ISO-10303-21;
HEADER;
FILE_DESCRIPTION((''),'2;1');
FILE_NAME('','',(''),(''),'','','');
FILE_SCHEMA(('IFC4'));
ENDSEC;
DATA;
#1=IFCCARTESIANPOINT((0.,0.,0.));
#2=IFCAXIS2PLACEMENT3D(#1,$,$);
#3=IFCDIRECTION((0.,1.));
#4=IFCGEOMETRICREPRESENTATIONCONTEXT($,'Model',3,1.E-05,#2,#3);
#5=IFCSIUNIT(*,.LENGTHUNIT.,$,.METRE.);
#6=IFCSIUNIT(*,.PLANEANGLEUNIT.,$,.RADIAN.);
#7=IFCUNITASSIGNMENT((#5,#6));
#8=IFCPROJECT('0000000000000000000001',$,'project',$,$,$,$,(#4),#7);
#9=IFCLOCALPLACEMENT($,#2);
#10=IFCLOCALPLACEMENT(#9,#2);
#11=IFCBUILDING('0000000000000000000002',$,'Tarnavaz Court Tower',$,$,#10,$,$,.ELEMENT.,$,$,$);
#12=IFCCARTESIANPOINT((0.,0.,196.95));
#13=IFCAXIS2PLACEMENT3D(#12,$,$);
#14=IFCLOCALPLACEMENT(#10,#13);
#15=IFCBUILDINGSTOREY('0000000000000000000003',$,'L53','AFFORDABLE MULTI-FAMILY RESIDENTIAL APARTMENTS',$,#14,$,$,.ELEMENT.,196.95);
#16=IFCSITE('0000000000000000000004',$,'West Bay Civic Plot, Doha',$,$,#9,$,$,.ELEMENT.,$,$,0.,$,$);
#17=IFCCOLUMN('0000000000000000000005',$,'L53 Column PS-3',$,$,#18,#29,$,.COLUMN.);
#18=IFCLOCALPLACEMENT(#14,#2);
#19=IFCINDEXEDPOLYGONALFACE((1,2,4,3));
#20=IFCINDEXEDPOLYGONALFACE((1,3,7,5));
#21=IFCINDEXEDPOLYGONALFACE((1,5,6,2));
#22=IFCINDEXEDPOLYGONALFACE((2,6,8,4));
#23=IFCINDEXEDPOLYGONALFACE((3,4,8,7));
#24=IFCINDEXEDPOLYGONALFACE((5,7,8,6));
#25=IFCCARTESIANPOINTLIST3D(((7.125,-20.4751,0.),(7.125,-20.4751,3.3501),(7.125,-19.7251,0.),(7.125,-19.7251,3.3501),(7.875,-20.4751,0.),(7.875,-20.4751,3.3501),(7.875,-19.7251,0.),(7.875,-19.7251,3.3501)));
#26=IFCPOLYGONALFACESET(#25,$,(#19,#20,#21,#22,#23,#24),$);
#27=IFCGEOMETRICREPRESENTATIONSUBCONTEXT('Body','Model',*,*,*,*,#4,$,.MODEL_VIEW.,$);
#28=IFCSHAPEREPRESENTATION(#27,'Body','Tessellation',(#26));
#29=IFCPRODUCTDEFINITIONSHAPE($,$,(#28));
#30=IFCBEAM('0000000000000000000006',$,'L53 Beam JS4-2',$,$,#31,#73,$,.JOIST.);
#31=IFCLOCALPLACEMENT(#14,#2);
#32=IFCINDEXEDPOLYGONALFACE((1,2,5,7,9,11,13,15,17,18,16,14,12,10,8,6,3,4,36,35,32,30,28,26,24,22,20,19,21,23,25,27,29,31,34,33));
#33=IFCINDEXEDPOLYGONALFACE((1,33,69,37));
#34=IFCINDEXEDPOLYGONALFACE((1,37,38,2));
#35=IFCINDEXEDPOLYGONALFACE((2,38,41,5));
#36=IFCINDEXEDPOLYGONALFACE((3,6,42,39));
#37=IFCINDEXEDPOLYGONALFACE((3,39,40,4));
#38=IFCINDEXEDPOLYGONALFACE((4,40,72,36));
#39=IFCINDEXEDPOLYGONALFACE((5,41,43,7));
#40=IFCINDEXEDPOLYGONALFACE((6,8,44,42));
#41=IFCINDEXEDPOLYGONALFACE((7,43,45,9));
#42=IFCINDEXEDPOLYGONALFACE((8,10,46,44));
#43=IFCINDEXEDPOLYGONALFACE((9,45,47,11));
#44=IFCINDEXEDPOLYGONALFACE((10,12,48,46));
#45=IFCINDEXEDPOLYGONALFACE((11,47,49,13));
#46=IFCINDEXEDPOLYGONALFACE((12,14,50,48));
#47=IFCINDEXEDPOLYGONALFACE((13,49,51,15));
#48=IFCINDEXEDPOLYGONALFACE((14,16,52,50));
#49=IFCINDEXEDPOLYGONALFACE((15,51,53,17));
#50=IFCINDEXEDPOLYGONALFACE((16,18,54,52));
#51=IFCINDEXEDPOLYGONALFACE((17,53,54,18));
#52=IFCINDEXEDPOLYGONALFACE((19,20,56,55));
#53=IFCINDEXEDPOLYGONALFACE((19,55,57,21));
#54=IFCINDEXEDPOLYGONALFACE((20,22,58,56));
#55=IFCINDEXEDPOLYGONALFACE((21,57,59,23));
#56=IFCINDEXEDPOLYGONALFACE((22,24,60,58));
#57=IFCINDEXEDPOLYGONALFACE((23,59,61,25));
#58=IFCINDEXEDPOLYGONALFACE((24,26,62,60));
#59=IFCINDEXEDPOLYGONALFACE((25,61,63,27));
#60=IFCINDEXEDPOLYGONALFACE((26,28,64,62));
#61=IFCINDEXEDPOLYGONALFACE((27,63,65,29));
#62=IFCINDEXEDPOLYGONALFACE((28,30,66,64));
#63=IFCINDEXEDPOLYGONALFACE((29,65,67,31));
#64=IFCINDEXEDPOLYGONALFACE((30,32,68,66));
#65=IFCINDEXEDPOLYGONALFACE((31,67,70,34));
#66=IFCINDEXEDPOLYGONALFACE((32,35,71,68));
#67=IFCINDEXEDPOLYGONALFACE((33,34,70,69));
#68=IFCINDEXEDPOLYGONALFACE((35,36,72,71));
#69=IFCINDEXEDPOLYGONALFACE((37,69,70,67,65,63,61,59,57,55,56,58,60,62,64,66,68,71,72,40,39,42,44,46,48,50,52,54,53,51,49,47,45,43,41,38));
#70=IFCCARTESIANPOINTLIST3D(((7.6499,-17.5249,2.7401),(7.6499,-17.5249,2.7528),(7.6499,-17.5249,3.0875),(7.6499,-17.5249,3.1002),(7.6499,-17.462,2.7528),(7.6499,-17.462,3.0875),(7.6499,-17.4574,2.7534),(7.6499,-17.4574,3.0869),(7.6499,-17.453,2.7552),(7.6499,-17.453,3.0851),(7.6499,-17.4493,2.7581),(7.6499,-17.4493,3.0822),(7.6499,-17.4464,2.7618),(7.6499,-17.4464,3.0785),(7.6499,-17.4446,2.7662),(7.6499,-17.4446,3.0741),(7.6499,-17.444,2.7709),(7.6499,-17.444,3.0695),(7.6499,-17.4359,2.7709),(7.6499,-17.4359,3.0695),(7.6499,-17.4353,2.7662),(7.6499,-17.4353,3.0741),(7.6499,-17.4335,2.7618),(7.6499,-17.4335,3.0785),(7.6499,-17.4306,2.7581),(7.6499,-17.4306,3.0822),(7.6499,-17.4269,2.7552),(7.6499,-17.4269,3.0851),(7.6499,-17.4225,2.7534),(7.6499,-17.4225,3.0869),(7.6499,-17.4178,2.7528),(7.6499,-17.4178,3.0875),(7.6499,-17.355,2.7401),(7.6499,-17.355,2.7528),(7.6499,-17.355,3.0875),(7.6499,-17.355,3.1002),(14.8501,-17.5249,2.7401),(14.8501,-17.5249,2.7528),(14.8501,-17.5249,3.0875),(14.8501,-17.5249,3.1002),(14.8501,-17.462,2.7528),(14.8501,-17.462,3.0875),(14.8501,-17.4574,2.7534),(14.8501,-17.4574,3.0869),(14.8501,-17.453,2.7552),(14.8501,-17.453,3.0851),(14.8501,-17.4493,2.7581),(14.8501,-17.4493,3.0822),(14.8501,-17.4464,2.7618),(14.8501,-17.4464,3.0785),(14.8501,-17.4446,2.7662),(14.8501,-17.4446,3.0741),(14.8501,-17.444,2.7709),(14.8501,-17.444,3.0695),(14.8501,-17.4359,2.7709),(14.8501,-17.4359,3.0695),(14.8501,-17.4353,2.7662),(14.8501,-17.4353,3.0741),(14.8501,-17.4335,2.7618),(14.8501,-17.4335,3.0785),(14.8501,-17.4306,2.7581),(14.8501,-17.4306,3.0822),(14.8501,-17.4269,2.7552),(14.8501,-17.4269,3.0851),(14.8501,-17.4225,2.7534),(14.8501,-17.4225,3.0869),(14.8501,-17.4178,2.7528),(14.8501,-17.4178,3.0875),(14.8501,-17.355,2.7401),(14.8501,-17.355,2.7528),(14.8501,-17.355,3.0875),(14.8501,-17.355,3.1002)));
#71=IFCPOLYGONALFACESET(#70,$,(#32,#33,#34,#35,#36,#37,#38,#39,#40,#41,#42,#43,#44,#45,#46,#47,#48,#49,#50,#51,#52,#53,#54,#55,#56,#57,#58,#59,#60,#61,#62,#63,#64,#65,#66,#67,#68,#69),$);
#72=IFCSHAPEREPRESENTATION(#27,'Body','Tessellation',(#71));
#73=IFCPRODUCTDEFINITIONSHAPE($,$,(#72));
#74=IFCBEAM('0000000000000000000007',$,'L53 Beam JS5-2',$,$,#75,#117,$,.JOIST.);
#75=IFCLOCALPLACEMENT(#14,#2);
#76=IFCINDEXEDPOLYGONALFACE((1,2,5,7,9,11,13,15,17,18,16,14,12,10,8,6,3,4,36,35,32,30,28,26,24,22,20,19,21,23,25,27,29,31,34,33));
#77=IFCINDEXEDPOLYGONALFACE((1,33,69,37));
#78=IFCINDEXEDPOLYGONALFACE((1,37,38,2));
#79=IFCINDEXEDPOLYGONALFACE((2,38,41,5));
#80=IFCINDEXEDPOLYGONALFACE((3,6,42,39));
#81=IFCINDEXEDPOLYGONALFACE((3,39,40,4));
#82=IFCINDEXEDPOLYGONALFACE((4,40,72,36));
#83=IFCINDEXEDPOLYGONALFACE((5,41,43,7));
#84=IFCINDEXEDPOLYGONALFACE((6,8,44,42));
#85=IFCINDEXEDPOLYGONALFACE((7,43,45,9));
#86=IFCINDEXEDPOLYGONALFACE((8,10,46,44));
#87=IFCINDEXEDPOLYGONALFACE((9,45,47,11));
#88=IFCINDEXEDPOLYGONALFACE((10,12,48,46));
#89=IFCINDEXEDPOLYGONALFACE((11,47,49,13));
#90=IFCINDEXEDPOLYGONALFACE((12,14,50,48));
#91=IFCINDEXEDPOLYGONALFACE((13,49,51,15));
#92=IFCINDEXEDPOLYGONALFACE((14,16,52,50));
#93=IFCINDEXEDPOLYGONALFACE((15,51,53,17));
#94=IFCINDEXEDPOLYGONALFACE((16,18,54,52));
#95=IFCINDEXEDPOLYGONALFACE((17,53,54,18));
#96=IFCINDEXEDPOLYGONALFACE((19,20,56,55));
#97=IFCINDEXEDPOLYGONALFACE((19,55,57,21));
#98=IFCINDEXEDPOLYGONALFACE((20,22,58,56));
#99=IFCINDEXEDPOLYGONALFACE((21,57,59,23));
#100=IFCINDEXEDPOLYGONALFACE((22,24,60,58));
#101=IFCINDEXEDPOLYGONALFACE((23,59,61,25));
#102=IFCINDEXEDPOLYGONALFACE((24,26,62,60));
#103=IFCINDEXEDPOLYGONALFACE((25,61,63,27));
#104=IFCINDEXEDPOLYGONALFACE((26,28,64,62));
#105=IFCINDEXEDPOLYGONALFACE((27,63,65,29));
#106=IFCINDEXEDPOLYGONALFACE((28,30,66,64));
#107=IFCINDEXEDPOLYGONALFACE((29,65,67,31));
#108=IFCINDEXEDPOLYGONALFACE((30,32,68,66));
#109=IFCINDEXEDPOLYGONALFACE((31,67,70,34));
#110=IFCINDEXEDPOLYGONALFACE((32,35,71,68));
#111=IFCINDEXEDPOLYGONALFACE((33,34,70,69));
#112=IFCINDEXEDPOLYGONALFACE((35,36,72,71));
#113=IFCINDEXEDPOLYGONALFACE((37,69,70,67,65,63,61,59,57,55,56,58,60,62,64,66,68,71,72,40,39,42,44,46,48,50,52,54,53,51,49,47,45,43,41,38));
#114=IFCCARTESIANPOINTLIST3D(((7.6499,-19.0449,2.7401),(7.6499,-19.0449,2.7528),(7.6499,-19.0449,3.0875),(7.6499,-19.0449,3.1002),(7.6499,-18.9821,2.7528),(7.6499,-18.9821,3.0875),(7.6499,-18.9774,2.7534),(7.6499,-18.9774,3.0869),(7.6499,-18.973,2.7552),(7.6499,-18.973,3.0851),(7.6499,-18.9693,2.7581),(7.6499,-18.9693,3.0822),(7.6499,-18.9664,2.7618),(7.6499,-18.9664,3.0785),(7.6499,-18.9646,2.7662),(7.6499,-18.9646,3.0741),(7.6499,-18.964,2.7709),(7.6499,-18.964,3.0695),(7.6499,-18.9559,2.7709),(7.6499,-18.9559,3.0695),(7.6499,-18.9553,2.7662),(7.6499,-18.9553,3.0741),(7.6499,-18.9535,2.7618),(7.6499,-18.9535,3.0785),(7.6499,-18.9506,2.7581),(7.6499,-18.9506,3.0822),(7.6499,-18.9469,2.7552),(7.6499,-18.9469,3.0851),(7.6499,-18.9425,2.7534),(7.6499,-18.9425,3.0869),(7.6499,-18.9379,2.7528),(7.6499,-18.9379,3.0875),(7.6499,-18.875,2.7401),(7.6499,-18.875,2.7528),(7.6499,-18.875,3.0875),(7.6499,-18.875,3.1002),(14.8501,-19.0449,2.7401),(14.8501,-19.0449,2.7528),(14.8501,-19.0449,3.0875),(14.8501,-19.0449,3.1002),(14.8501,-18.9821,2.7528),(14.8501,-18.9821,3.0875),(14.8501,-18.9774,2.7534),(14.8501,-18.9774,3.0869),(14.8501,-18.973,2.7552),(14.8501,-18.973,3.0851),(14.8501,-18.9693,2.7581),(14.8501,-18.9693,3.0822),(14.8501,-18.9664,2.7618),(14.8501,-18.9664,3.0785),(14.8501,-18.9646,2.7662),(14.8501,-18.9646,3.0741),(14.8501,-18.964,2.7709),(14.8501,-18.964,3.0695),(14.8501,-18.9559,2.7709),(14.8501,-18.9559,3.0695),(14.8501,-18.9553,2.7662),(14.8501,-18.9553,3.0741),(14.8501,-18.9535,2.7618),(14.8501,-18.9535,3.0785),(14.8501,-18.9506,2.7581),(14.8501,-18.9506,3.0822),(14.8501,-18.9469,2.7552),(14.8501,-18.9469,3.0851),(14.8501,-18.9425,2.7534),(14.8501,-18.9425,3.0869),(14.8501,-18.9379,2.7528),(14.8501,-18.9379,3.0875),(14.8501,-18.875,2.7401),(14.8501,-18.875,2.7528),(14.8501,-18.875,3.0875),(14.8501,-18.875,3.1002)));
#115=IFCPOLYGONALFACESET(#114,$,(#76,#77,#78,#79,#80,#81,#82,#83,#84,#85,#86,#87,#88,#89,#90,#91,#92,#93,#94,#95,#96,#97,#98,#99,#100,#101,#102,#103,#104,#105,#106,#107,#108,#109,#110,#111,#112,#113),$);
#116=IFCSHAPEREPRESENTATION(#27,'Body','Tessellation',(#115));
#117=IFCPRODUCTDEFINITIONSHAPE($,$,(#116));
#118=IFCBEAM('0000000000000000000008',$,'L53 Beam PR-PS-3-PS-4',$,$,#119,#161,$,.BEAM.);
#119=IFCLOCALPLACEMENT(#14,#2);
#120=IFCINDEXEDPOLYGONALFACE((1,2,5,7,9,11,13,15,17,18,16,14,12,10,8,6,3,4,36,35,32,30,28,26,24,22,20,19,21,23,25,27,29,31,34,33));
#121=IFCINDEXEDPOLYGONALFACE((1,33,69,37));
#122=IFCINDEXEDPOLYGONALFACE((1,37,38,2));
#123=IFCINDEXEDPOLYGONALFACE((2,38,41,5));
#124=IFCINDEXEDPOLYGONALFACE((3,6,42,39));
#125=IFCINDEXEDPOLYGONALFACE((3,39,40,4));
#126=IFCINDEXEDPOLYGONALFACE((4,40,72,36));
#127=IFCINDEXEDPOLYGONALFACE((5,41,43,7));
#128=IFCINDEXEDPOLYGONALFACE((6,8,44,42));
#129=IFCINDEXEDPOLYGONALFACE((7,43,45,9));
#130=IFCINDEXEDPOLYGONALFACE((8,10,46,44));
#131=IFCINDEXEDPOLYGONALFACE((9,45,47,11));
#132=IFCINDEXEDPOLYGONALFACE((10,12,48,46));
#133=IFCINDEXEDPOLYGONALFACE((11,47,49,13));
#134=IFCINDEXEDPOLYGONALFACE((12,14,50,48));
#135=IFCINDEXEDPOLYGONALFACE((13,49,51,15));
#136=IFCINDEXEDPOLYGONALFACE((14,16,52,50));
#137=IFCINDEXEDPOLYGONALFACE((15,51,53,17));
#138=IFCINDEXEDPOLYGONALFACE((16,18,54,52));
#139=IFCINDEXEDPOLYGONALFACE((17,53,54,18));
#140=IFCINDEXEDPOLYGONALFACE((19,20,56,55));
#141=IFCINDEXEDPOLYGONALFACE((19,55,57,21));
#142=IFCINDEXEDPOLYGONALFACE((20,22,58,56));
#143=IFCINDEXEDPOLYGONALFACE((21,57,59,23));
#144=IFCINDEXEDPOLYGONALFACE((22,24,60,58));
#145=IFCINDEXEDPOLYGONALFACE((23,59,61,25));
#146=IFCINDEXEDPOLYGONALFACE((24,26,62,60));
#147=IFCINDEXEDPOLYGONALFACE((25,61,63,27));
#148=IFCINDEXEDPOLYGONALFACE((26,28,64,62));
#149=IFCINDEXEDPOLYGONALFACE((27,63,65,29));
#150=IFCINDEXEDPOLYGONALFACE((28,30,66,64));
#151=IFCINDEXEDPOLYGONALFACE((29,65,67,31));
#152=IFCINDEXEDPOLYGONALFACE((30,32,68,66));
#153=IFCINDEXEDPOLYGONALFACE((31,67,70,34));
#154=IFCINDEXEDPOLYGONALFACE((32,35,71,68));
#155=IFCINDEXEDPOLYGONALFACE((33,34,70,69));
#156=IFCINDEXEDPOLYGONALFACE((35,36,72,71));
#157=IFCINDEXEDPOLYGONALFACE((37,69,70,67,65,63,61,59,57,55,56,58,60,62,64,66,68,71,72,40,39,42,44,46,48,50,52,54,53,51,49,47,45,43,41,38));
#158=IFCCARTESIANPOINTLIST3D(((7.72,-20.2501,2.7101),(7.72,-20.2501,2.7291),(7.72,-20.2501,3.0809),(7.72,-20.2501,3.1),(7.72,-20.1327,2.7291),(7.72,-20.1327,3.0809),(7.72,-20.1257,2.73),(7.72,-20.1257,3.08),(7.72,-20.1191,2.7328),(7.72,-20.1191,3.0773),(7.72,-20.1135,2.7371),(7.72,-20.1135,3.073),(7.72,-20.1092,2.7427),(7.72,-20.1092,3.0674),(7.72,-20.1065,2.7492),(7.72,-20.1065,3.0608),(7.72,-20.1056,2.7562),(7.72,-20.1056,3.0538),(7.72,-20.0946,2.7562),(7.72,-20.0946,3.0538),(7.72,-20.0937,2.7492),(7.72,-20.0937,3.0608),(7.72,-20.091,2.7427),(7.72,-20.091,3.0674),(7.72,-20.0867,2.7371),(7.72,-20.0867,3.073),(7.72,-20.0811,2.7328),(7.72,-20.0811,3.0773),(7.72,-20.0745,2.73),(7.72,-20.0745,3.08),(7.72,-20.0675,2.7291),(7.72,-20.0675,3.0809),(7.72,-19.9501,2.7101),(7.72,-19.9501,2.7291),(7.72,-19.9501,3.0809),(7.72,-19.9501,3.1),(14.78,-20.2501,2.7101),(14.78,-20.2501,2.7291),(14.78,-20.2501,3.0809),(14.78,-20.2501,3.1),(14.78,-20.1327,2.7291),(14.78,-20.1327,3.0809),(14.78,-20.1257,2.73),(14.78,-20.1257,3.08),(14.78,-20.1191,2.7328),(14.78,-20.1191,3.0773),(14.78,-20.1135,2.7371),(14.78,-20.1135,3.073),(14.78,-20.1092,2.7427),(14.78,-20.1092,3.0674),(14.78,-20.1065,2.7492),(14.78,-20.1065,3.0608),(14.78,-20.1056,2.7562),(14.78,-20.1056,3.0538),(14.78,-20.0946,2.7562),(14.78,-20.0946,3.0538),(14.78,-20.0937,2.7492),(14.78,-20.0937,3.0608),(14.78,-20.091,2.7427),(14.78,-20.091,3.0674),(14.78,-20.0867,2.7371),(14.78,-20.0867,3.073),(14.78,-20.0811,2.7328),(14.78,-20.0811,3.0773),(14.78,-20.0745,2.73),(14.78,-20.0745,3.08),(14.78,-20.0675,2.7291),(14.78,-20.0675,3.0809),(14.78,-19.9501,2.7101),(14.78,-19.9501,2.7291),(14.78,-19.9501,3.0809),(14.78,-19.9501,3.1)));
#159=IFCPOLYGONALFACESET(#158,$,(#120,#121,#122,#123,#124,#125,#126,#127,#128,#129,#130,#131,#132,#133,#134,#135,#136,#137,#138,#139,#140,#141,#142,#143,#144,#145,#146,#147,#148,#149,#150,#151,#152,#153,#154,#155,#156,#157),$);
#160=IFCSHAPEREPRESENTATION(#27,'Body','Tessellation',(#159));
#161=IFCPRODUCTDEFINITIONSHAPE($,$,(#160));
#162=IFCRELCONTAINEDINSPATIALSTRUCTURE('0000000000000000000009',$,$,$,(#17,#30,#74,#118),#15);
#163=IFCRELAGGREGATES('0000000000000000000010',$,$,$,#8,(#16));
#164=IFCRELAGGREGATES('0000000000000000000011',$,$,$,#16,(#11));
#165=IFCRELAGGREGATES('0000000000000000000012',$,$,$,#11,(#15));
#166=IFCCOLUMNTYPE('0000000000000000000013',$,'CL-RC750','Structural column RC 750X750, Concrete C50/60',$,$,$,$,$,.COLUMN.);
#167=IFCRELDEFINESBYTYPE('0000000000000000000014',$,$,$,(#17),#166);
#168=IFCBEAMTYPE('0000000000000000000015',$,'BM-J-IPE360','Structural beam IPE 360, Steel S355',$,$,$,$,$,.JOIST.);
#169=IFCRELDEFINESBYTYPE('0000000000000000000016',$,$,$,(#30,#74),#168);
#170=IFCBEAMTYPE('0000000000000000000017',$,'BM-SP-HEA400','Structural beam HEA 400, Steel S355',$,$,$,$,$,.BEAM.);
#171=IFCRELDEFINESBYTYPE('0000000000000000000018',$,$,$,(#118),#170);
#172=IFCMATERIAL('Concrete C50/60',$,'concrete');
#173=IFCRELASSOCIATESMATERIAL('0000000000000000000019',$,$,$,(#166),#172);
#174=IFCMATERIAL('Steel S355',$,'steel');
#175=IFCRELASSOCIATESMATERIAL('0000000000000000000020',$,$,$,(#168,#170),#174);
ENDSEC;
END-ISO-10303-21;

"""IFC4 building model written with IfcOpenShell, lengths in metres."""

from ifc_helpers import new_model, si_unit, direction, frame, origin, origin_2d, place, context, subcontext, project, spatial, rectangle, i_section, extrude, material, material_profile, profile_set, type_object, element, save


model = new_model("IFC4")

# Units and contexts
model_context = context("Model", 3, precision=1e-05, world=origin(), true_north=direction((0.0, 1.0)))
body_context = subcontext(model_context, "Body", "Model", "MODEL_VIEW")
ifc_project = project(units=[si_unit("LENGTHUNIT", "METRE"), si_unit("PLANEANGLEUNIT", "RADIAN")], contexts=[model_context])

# Site, building, storey
site_placement = place(None, origin())
site = spatial("IfcSite", under=ifc_project, at=site_placement, Name="West Bay Civic Plot, Doha", CompositionType="ELEMENT", RefElevation=0.0)
building_placement = place(site_placement, origin())
building = spatial("IfcBuilding", under=site, at=building_placement, Name="Tarnavaz Court Tower", CompositionType="ELEMENT")
storey_placement = place(building_placement, frame((0.0, 0.0, 196.95)))
storey = spatial("IfcBuildingStorey", under=building, at=storey_placement, Name="L53", Description="AFFORDABLE MULTI-FAMILY RESIDENTIAL APARTMENTS", CompositionType="ELEMENT", Elevation=196.95)

# Column
ifc_material_1 = material(Name="Concrete C50/60", Category="concrete")
ifc_material_profile_1 = material_profile(ifc_material_1, rectangle(XDim=0.75, YDim=0.75, at=origin_2d()), Name="RC 750X750")
ifc_profile_set_1 = profile_set([ifc_material_profile_1], Name="Concrete C50/60")
column_type = type_object("IfcColumnType", Name="CL-RC750", Description="Structural column RC 750X750, Concrete C50/60", PredefinedType="COLUMN", material=ifc_profile_set_1)
column_placement = place(storey_placement, frame((7.5, -20.1001, 0.0), z_axis=(0.0, 0.0, 1.0), x_axis=(1.0, 0.0, 0.0)))
element("IfcColumn", 1, at=column_placement, inside=storey, type_object=column_type, Name="L53 Column PS-3", PredefinedType="COLUMN", context=body_context, shape_type="SweptSolid", body=[
    extrude(rectangle(XDim=0.75, YDim=0.75, at=origin_2d()), origin(), (0.0, 0.0, 1.0), 3.3501),
])

# Beams
ifc_material_2 = material(Name="Steel S355", Category="steel")
ifc_material_profile_2 = material_profile(ifc_material_2, i_section(OverallWidth=0.1699, OverallDepth=0.3601, WebThickness=0.0081, FlangeThickness=0.0127, FilletRadius=0.0181, at=origin_2d()), Name="IPE 360")
ifc_profile_set_2 = profile_set([ifc_material_profile_2], Name="Steel S355")
beam_type_1 = type_object("IfcBeamType", Name="BM-J-IPE360", Description="Structural beam IPE 360, Steel S355", PredefinedType="JOIST", material=ifc_profile_set_2)
for number, where, z_axis, x_axis, name in (
    (2, (7.6499, -17.4399, 2.9202), (1.0, 0.0, 0.0), (0.0, 1.0, 0.0), "L53 Beam JS4-2"),
    (3, (7.6499, -18.96, 2.9202), (1.0, 0.0, 0.0), (0.0, 1.0, 0.0), "L53 Beam JS5-2"),
):
    element("IfcBeam", number, at=place(storey_placement, frame(where, z_axis=z_axis, x_axis=x_axis)), inside=storey, type_object=beam_type_1, Name=name, PredefinedType="JOIST", context=body_context, shape_type="SweptSolid", body=[
        extrude(i_section(OverallWidth=0.1699, OverallDepth=0.3601, WebThickness=0.0081, FlangeThickness=0.0127, FilletRadius=0.0181, at=origin_2d()), origin(), (0.0, 0.0, 1.0), 7.2002),
    ])
ifc_material_profile_3 = material_profile(ifc_material_2, i_section(OverallWidth=0.3, OverallDepth=0.3899, WebThickness=0.011, FlangeThickness=0.019, FilletRadius=0.0271, at=origin_2d()), Name="HEA 400")
ifc_profile_set_3 = profile_set([ifc_material_profile_3], Name="Steel S355")
beam_type_2 = type_object("IfcBeamType", Name="BM-SP-HEA400", Description="Structural beam HEA 400, Steel S355", PredefinedType="BEAM", material=ifc_profile_set_3)
beam_placement = place(storey_placement, frame((7.72, -20.1001, 2.905), z_axis=(1.0, 0.0, 0.0), x_axis=(0.0, 1.0, 0.0)))
element("IfcBeam", 4, at=beam_placement, inside=storey, type_object=beam_type_2, Name="L53 Beam PR-PS-3-PS-4", PredefinedType="BEAM", context=body_context, shape_type="SweptSolid", body=[
    extrude(i_section(OverallWidth=0.3, OverallDepth=0.3899, WebThickness=0.011, FlangeThickness=0.019, FilletRadius=0.0271, at=origin_2d()), origin(), (0.0, 0.0, 1.0), 7.0601),
])

save(model, "model.ifc")
